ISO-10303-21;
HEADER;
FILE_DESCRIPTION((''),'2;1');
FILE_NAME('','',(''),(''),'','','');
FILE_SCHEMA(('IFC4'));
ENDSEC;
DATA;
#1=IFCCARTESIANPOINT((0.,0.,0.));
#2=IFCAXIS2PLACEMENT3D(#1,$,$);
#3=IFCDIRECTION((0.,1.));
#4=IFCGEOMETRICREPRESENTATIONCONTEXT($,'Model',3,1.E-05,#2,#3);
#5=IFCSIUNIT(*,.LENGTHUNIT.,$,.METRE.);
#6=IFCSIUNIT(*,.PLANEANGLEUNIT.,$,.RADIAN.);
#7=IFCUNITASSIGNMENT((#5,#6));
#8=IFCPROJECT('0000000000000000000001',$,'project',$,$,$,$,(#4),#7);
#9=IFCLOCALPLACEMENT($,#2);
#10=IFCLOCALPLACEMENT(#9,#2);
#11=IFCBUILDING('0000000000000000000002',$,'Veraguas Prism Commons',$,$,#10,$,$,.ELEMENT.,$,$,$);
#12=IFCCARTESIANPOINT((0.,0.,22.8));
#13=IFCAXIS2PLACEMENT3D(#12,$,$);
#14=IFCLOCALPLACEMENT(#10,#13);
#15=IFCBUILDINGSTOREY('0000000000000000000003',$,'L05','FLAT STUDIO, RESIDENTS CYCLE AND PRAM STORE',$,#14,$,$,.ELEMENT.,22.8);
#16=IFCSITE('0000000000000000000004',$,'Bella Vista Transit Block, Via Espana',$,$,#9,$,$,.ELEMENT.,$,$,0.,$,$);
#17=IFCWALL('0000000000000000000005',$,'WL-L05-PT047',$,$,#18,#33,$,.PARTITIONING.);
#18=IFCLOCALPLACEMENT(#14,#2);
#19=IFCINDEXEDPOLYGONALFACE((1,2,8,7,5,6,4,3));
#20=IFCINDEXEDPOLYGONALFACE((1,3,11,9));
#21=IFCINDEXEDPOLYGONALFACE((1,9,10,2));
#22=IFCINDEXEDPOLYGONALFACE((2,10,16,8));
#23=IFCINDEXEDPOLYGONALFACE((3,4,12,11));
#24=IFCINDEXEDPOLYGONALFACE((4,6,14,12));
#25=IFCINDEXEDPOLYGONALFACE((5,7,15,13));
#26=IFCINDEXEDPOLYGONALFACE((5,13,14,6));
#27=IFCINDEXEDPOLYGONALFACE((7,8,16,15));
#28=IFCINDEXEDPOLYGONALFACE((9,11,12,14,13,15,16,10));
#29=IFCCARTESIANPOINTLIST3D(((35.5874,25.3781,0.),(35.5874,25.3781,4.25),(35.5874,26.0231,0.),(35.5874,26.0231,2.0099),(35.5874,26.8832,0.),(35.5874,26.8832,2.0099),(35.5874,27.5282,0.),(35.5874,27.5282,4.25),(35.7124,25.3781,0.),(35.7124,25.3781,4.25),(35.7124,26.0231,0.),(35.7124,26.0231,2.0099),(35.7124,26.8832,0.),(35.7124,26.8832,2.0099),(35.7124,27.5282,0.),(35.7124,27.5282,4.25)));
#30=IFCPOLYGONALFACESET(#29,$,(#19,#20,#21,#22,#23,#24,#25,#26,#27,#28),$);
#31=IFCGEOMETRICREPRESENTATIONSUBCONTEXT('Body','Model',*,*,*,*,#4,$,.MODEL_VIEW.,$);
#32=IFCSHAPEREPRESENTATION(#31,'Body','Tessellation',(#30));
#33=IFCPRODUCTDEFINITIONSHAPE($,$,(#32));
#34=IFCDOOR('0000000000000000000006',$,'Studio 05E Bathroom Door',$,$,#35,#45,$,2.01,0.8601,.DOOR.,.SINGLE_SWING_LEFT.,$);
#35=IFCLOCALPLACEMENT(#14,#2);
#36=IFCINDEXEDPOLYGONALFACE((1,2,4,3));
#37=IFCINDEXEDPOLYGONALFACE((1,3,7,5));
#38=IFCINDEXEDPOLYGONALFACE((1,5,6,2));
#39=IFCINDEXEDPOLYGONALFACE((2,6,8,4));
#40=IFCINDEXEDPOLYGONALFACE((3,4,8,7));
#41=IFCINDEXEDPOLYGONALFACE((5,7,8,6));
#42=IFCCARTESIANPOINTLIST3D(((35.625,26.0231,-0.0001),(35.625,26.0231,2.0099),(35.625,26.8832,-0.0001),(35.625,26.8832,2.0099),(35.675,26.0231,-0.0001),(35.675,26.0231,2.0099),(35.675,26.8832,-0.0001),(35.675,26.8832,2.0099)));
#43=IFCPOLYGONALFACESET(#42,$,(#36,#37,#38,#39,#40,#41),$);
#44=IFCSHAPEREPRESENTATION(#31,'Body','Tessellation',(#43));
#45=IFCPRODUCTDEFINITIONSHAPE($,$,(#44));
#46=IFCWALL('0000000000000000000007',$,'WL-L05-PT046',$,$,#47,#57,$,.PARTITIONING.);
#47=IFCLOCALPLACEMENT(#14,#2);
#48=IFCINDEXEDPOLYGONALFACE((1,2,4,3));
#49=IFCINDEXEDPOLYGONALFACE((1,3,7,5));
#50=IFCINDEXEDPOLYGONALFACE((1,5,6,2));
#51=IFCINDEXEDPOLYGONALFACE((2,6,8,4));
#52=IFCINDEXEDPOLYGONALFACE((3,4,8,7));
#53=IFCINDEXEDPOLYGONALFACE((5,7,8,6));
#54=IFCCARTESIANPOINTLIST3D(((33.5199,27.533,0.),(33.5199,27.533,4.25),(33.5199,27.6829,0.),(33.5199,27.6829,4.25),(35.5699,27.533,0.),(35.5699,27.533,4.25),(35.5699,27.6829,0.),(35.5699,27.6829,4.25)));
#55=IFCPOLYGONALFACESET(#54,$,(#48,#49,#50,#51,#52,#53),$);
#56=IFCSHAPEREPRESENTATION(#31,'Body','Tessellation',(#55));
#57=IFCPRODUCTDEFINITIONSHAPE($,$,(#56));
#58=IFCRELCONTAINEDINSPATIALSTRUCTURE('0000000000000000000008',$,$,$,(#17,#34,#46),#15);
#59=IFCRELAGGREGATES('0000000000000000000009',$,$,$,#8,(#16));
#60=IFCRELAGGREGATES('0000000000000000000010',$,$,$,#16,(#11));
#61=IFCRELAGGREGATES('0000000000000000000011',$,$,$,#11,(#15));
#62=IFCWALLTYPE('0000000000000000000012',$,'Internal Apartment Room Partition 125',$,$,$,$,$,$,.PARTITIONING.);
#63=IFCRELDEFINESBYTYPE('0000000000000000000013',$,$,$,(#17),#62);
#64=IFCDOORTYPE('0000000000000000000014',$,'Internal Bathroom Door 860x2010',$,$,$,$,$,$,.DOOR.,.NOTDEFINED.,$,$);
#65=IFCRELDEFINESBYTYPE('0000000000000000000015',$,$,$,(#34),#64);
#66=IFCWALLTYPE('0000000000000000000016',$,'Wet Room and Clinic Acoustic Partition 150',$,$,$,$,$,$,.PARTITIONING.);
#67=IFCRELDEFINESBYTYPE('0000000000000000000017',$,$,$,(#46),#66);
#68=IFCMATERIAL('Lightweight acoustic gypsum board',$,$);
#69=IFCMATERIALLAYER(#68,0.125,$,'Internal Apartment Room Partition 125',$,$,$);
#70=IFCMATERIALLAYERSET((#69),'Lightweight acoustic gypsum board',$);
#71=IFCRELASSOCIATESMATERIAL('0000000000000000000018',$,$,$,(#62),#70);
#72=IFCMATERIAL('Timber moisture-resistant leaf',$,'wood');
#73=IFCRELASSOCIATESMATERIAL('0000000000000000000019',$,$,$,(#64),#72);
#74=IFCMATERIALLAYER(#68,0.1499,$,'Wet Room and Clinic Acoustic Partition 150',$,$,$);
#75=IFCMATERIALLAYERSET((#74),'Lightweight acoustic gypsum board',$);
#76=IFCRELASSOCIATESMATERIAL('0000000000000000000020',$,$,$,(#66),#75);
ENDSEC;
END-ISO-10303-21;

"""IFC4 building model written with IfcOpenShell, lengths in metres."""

from ifc_helpers import new_model, si_unit, direction, frame, frame_2d, origin, place, context, subcontext, project, spatial, rectangle, extrude, source, transform, mapped, material, layer, layer_set, type_object, element, fill, save


model = new_model("IFC4")

# Units and contexts
model_context = context("Model", 3, precision=1e-05, world=origin(), true_north=direction((0.0, 1.0)))
body_context = subcontext(model_context, "Body", "Model", "MODEL_VIEW")
ifc_project = project(units=[si_unit("LENGTHUNIT", "METRE"), si_unit("PLANEANGLEUNIT", "RADIAN")], contexts=[model_context])

# Site, building, storey
site_placement = place(None, origin())
site = spatial("IfcSite", under=ifc_project, at=site_placement, Name="Bella Vista Transit Block, Via Espana", CompositionType="ELEMENT", RefElevation=0.0)
building_placement = place(site_placement, origin())
building = spatial("IfcBuilding", under=site, at=building_placement, Name="Veraguas Prism Commons", CompositionType="ELEMENT")
storey_placement = place(building_placement, frame((0.0, 0.0, 22.8)))
storey = spatial("IfcBuildingStorey", under=building, at=storey_placement, Name="L05", Description="FLAT STUDIO, RESIDENTS CYCLE AND PRAM STORE", CompositionType="ELEMENT", Elevation=22.8)

# Wall, opening, door
ifc_material_1 = material(Name="Lightweight acoustic gypsum board")
ifc_layer_1 = layer(ifc_material_1, 0.125, Name="Internal Apartment Room Partition 125")
ifc_layer_set_1 = layer_set([ifc_layer_1], Name="Lightweight acoustic gypsum board")
wall_type_1 = type_object("IfcWallType", Name="Internal Apartment Room Partition 125", PredefinedType="PARTITIONING", material=ifc_layer_set_1)
wall_1_placement = place(storey_placement, frame((35.6499, 25.3779, 0.0), z_axis=(0.0, 0.0, 1.0), x_axis=(0.0, 1.0, 0.0)))
wall_1 = element("IfcWall", 1, at=wall_1_placement, inside=storey, type_object=wall_type_1, Name="WL-L05-PT047", PredefinedType="PARTITIONING", context=body_context, shape_type="SweptSolid", body=[
    extrude(rectangle(XDim=2.1501, YDim=0.125, at=frame_2d((1.0752, 0.0))), origin(), (0.0, 0.0, 1.0), 4.25),
])
opening_1_placement = place(wall_1_placement, frame((0.645, 0.0, 0.0)))
opening_1 = element("IfcOpeningElement", 2, at=opening_1_placement, cuts=wall_1, PredefinedType="OPENING", context=body_context, shape_type="SweptSolid", body=[
    extrude(rectangle(XDim=0.8601, YDim=2.01, at=frame_2d((0.4302, 1.0049))), frame((0.0, 0.0725, 0.0), z_axis=(0.0, -1.0, 0.0), x_axis=(1.0, 0.0, 0.0)), (0.0, 0.0, 1.0), 0.145),
])
ifc_material_2 = material(Name="Timber moisture-resistant leaf", Category="wood")
door_type_1 = type_object("IfcDoorType", Name="Internal Bathroom Door 860x2010", OperationType="NOTDEFINED", PredefinedType="DOOR", material=ifc_material_2)
shared_shape_1 = source(origin(), body_context, "Body", "SweptSolid", [
    extrude(rectangle(XDim=0.8601, YDim=2.01, at=frame_2d((0.4302, 1.0049))), frame((0.0, 0.0249, 0.0), z_axis=(0.0, -1.0, 0.0), x_axis=(1.0, 0.0, 0.0)), (0.0, 0.0, 1.0), 0.05),
])
door_1_placement = place(opening_1_placement, origin())
door_1 = element("IfcDoor", 3, at=door_1_placement, inside=storey, type_object=door_type_1, Name="Studio 05E Bathroom Door", OperationType="SINGLE_SWING_LEFT", OverallHeight=2.01, OverallWidth=0.8601, PredefinedType="DOOR", context=body_context, shape_type="MappedRepresentation", body=[
    mapped(shared_shape_1, transform((0.0, 0.0, 0.0), scale=1.0)),
])
fill(opening_1, door_1)

# Wall
ifc_layer_2 = layer(ifc_material_1, 0.1499, Name="Wet Room and Clinic Acoustic Partition 150")
ifc_layer_set_2 = layer_set([ifc_layer_2], Name="Lightweight acoustic gypsum board")
wall_type_2 = type_object("IfcWallType", Name="Wet Room and Clinic Acoustic Partition 150", PredefinedType="PARTITIONING", material=ifc_layer_set_2)
wall_2_placement = place(storey_placement, frame((33.52, 27.6079, 0.0), z_axis=(0.0, 0.0, 1.0), x_axis=(1.0, 0.0, 0.0)))
element("IfcWall", 4, at=wall_2_placement, inside=storey, type_object=wall_type_2, Name="WL-L05-PT046", PredefinedType="PARTITIONING", context=body_context, shape_type="SweptSolid", body=[
    extrude(rectangle(XDim=2.05, YDim=0.1499, at=frame_2d((1.0249, 0.0))), origin(), (0.0, 0.0, 1.0), 4.25),
])

save(model, "model.ifc")
